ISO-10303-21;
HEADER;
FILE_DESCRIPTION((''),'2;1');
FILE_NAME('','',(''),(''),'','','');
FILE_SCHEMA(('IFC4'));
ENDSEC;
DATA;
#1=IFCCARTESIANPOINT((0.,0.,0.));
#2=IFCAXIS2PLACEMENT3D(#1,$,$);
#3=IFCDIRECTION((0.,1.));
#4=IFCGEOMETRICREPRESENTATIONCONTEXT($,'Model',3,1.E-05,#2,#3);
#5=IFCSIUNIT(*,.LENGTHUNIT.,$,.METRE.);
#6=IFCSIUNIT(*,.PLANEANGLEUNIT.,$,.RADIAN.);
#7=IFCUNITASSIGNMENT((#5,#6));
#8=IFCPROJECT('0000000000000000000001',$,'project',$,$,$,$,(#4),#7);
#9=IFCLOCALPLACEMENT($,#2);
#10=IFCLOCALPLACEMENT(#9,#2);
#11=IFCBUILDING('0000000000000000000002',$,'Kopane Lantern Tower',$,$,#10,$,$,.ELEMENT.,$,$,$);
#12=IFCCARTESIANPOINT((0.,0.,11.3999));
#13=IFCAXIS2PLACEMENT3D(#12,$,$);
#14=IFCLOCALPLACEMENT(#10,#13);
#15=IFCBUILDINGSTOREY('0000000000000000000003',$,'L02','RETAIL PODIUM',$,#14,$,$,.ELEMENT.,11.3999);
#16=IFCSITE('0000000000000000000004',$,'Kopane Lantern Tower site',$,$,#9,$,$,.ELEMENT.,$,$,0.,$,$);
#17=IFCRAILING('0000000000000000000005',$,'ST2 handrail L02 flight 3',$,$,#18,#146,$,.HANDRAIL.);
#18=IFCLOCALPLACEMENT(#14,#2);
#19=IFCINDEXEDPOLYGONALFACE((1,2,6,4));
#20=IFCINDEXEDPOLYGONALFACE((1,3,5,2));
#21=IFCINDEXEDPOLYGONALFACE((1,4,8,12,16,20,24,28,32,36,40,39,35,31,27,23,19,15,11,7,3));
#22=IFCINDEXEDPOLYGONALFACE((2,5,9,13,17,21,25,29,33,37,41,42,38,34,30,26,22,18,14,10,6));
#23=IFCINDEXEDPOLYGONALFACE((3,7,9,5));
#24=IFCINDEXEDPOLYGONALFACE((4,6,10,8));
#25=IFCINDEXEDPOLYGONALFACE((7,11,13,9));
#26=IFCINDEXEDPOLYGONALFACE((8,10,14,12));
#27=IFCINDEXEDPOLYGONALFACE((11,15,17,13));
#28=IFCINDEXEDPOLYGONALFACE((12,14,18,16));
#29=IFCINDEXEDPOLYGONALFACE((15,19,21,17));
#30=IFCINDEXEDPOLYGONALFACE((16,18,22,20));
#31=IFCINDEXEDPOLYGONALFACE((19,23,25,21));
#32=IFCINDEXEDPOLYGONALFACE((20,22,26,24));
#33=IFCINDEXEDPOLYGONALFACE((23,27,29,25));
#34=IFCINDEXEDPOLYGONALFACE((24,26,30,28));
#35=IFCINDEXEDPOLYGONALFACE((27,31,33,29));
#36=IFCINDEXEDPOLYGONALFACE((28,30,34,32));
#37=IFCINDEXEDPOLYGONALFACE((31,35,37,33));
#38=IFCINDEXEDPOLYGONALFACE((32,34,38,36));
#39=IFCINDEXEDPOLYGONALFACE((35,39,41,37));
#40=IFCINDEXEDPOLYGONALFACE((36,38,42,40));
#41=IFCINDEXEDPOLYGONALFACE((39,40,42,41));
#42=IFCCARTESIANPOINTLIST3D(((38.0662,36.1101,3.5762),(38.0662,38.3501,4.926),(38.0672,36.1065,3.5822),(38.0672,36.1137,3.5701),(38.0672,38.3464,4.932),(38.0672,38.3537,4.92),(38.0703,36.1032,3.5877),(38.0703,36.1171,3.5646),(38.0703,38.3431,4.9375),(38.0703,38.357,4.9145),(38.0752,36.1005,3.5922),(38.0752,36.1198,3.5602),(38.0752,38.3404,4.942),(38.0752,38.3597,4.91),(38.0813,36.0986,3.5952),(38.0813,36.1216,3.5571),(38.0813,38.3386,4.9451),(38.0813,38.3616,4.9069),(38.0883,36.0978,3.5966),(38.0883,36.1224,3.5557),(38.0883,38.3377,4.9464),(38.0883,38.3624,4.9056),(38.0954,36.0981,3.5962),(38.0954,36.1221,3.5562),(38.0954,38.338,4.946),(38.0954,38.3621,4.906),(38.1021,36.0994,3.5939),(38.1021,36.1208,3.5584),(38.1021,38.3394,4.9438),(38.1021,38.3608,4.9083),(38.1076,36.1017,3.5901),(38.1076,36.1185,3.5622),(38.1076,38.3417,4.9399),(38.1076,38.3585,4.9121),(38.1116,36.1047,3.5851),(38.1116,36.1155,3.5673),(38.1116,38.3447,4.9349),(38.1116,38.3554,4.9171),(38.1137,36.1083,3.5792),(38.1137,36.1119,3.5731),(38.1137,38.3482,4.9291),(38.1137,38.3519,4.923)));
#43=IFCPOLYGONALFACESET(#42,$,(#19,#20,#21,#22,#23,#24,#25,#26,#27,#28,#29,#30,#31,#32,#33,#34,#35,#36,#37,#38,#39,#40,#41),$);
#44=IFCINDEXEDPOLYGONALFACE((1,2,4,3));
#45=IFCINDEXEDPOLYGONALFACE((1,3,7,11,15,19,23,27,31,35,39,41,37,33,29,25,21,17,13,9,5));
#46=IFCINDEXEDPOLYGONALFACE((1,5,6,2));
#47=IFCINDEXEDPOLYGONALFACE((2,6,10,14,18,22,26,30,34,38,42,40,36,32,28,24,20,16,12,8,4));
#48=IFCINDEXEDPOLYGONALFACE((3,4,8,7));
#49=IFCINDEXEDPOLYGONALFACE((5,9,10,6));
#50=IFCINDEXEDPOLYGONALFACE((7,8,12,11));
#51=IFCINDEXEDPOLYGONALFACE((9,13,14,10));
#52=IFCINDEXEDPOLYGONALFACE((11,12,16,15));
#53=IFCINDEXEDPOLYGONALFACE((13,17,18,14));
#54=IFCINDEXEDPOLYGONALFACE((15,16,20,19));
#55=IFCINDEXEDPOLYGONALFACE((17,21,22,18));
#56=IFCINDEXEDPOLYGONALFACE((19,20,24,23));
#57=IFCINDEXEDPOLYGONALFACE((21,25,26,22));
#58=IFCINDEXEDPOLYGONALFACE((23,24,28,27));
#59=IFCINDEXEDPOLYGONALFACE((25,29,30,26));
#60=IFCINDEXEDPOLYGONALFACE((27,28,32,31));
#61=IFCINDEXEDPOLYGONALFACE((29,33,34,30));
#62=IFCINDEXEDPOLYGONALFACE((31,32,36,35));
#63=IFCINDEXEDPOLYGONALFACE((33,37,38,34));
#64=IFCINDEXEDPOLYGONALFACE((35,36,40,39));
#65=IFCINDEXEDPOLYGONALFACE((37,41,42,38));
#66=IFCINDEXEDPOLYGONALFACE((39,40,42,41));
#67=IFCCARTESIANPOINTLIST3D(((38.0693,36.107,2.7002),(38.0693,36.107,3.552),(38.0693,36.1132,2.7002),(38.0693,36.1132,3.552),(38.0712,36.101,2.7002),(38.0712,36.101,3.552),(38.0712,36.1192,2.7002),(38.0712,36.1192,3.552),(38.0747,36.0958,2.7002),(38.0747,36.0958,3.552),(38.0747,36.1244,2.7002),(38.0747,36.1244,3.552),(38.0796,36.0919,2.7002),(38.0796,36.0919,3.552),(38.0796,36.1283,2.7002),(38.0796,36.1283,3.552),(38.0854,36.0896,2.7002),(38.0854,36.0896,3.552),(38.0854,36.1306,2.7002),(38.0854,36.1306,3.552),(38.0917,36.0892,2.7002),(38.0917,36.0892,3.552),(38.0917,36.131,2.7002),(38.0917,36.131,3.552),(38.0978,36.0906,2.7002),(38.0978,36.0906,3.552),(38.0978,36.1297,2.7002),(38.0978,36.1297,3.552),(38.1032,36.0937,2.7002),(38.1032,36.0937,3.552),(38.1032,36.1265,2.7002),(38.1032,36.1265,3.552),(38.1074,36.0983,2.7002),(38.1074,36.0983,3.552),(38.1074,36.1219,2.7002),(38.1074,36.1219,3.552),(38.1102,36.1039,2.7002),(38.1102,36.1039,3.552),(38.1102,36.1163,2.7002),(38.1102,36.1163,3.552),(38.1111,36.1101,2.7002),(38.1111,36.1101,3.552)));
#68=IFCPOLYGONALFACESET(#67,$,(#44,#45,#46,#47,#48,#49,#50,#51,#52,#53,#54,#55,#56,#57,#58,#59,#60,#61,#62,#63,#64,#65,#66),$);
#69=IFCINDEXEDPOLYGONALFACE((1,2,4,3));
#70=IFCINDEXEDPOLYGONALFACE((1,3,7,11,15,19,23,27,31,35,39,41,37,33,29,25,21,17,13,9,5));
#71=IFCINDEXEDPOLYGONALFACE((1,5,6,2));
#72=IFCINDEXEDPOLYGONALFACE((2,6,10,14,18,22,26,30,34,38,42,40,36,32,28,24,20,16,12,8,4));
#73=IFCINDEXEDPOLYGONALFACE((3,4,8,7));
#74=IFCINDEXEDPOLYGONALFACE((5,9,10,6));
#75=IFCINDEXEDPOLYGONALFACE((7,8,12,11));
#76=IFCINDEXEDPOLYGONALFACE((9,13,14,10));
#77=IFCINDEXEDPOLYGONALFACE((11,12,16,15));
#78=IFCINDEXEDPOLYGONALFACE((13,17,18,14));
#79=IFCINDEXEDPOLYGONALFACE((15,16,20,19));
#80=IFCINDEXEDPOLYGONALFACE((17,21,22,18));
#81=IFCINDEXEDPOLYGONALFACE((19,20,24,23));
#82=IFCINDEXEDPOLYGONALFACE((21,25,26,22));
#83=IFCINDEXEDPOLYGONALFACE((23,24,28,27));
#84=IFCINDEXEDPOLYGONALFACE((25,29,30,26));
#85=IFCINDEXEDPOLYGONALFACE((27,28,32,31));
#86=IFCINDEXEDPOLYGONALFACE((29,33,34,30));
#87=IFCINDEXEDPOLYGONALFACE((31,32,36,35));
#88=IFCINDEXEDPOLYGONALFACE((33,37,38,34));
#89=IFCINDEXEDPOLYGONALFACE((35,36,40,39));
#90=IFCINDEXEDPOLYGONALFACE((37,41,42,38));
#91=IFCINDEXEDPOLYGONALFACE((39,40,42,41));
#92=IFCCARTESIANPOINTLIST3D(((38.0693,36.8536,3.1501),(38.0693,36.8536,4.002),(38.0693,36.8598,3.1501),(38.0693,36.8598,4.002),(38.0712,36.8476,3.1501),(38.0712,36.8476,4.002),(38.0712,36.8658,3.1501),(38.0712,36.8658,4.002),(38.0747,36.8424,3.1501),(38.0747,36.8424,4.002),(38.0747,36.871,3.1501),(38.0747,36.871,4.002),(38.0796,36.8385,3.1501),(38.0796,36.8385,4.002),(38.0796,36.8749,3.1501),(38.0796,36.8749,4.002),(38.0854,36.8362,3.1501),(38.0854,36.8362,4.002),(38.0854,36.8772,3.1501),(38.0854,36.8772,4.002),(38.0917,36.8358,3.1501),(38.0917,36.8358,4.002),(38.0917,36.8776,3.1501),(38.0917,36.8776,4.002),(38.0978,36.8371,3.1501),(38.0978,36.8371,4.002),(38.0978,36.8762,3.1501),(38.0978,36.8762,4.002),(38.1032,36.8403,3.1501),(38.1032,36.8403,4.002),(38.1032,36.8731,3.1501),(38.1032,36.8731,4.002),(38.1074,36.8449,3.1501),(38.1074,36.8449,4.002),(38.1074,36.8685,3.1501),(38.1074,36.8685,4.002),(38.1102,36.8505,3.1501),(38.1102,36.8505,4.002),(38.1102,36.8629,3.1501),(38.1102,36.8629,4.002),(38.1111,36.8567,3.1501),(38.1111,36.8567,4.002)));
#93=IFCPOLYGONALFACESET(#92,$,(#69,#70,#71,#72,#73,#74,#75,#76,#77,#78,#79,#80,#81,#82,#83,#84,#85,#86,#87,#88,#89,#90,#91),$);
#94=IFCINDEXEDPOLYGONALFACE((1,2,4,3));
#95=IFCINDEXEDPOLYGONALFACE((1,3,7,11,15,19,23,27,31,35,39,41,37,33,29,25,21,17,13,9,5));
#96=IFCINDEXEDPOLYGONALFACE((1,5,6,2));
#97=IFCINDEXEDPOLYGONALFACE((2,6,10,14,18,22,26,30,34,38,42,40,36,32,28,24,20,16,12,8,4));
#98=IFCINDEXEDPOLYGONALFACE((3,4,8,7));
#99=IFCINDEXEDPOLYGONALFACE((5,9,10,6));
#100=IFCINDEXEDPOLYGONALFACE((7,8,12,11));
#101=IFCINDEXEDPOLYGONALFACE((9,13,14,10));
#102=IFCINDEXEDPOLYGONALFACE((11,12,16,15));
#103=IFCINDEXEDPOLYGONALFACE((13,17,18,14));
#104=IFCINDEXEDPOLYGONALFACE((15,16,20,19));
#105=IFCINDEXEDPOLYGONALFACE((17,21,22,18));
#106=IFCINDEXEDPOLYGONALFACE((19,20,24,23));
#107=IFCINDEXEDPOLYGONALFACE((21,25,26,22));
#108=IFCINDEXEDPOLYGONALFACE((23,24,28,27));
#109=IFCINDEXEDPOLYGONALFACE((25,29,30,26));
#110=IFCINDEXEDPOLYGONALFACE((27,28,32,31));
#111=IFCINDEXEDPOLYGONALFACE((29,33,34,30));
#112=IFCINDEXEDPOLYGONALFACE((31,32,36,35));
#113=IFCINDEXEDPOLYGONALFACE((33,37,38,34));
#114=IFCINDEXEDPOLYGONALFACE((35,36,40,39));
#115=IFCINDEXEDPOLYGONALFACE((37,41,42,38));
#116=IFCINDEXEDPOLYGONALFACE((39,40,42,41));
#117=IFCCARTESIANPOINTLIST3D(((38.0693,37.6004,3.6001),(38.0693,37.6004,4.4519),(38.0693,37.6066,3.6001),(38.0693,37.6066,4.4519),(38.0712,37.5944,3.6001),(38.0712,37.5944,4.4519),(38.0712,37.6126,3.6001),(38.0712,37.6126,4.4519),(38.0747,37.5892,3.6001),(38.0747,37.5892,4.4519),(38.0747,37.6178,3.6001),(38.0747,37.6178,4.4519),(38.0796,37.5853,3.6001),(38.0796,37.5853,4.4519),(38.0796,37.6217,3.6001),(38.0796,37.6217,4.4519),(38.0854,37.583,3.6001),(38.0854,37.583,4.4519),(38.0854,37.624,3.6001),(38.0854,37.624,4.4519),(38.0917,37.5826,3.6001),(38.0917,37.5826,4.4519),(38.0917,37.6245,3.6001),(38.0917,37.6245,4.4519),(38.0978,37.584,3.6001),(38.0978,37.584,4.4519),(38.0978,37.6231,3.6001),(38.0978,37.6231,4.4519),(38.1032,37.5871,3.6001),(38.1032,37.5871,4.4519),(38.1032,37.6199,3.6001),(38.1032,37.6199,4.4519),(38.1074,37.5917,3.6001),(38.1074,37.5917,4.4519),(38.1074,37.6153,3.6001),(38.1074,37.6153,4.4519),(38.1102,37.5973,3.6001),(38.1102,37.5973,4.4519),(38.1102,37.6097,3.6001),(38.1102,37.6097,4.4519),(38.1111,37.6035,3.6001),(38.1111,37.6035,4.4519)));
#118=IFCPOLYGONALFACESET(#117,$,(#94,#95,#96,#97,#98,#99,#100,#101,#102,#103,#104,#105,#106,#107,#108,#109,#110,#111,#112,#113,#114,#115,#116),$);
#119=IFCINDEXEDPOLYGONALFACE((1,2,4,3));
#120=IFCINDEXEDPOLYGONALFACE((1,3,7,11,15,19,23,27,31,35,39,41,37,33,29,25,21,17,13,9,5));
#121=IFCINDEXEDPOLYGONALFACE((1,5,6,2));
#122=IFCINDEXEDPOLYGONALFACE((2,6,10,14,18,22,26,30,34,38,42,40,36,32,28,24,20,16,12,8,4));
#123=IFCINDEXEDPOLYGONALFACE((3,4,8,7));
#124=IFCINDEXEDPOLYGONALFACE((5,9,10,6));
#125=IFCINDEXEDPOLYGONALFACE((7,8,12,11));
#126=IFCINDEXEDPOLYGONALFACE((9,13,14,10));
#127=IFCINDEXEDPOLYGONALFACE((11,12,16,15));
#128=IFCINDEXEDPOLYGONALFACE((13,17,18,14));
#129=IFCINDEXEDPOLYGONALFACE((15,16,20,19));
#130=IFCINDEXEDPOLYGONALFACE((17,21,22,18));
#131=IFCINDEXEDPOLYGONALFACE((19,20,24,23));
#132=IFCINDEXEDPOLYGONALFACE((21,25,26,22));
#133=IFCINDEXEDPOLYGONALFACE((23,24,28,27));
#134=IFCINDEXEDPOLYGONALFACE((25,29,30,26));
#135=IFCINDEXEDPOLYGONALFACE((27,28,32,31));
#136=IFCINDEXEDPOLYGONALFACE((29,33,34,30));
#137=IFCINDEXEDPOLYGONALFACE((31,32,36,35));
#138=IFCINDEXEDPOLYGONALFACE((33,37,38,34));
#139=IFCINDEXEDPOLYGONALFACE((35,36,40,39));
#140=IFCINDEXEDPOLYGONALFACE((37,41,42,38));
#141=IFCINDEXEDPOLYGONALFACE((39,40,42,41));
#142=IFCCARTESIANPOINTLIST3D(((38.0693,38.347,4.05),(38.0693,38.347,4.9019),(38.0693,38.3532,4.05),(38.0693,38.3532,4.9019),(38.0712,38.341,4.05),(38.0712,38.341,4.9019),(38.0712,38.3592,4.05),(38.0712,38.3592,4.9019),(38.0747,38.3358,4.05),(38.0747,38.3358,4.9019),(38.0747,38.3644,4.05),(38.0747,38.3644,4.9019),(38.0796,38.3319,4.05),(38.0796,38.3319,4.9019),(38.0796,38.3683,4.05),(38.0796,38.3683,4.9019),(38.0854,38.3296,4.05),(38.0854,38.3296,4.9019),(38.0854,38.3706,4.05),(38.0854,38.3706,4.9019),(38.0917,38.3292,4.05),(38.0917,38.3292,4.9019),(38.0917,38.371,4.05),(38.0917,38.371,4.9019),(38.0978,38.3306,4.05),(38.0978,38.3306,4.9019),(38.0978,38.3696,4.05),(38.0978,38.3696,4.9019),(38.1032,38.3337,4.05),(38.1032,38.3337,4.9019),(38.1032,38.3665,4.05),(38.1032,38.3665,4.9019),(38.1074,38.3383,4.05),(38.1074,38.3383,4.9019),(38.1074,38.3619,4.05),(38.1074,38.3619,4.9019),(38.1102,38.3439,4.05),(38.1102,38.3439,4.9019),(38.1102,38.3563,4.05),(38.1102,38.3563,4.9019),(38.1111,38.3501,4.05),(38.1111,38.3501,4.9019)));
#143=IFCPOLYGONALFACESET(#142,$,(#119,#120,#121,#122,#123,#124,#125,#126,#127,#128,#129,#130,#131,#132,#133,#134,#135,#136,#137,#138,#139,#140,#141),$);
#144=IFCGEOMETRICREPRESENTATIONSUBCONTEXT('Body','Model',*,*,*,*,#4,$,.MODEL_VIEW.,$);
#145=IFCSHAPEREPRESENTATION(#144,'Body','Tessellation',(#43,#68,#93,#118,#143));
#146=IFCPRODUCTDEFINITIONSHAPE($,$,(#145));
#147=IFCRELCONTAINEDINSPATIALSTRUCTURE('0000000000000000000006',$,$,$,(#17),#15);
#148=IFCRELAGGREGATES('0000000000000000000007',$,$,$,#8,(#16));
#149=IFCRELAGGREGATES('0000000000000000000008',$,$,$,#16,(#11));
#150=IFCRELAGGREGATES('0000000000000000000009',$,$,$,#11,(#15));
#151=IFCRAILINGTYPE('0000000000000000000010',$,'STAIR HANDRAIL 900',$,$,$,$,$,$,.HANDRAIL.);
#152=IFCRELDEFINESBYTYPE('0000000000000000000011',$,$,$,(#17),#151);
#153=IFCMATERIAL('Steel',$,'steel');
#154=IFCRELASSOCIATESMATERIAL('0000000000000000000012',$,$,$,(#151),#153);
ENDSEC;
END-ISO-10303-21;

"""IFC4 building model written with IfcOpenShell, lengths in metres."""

from ifc_helpers import new_model, si_unit, direction, frame, origin, origin_2d, place, context, subcontext, project, spatial, circle, extrude, material, type_object, element, save


model = new_model("IFC4")

# Units and contexts
model_context = context("Model", 3, precision=1e-05, world=origin(), true_north=direction((0.0, 1.0)))
body_context = subcontext(model_context, "Body", "Model", "MODEL_VIEW")
ifc_project = project(units=[si_unit("LENGTHUNIT", "METRE"), si_unit("PLANEANGLEUNIT", "RADIAN")], contexts=[model_context])

# Site, building, storey
site_placement = place(None, origin())
site = spatial("IfcSite", under=ifc_project, at=site_placement, Name="Kopane Lantern Tower site", CompositionType="ELEMENT", RefElevation=0.0)
building_placement = place(site_placement, origin())
building = spatial("IfcBuilding", under=site, at=building_placement, Name="Kopane Lantern Tower", CompositionType="ELEMENT")
storey_placement = place(building_placement, frame((0.0, 0.0, 11.3999)))
storey = spatial("IfcBuildingStorey", under=building, at=storey_placement, Name="L02", Description="RETAIL PODIUM", CompositionType="ELEMENT", Elevation=11.3999)

# Railing
ifc_material_1 = material(Name="Steel", Category="steel")
railing_type_1 = type_object("IfcRailingType", Name="STAIR HANDRAIL 900", PredefinedType="HANDRAIL", material=ifc_material_1)
for number, where, name in (
    (1, (38.0901, 36.1101, 2.7002), "ST2 handrail L02 flight 3"),
):
    element("IfcRailing", number, at=place(storey_placement, frame(where)), inside=storey, type_object=railing_type_1, Name=name, PredefinedType="HANDRAIL", context=body_context, shape_type="SweptSolid", body=[
        extrude(circle(Radius=0.0239, at=origin_2d()), frame((0.0, 0.0, 0.876), z_axis=(0.0, 0.856503, 0.516142), x_axis=(-1.0, 0.0, 0.0)), (0.0, 0.0, 1.0), 2.6152),
        extrude(circle(Radius=0.021, at=origin_2d()), origin(), (0.0, 0.0, 1.0), 0.8518),
        extrude(circle(Radius=0.021, at=origin_2d()), frame((0.0, 0.7466, 0.45)), (0.0, 0.0, 1.0), 0.8518),
        extrude(circle(Radius=0.021, at=origin_2d()), frame((0.0, 1.4934, 0.8999)), (0.0, 0.0, 1.0), 0.8518),
        extrude(circle(Radius=0.021, at=origin_2d()), frame((0.0, 2.24, 1.3499)), (0.0, 0.0, 1.0), 0.8518),
    ])

save(model, "model.ifc")
